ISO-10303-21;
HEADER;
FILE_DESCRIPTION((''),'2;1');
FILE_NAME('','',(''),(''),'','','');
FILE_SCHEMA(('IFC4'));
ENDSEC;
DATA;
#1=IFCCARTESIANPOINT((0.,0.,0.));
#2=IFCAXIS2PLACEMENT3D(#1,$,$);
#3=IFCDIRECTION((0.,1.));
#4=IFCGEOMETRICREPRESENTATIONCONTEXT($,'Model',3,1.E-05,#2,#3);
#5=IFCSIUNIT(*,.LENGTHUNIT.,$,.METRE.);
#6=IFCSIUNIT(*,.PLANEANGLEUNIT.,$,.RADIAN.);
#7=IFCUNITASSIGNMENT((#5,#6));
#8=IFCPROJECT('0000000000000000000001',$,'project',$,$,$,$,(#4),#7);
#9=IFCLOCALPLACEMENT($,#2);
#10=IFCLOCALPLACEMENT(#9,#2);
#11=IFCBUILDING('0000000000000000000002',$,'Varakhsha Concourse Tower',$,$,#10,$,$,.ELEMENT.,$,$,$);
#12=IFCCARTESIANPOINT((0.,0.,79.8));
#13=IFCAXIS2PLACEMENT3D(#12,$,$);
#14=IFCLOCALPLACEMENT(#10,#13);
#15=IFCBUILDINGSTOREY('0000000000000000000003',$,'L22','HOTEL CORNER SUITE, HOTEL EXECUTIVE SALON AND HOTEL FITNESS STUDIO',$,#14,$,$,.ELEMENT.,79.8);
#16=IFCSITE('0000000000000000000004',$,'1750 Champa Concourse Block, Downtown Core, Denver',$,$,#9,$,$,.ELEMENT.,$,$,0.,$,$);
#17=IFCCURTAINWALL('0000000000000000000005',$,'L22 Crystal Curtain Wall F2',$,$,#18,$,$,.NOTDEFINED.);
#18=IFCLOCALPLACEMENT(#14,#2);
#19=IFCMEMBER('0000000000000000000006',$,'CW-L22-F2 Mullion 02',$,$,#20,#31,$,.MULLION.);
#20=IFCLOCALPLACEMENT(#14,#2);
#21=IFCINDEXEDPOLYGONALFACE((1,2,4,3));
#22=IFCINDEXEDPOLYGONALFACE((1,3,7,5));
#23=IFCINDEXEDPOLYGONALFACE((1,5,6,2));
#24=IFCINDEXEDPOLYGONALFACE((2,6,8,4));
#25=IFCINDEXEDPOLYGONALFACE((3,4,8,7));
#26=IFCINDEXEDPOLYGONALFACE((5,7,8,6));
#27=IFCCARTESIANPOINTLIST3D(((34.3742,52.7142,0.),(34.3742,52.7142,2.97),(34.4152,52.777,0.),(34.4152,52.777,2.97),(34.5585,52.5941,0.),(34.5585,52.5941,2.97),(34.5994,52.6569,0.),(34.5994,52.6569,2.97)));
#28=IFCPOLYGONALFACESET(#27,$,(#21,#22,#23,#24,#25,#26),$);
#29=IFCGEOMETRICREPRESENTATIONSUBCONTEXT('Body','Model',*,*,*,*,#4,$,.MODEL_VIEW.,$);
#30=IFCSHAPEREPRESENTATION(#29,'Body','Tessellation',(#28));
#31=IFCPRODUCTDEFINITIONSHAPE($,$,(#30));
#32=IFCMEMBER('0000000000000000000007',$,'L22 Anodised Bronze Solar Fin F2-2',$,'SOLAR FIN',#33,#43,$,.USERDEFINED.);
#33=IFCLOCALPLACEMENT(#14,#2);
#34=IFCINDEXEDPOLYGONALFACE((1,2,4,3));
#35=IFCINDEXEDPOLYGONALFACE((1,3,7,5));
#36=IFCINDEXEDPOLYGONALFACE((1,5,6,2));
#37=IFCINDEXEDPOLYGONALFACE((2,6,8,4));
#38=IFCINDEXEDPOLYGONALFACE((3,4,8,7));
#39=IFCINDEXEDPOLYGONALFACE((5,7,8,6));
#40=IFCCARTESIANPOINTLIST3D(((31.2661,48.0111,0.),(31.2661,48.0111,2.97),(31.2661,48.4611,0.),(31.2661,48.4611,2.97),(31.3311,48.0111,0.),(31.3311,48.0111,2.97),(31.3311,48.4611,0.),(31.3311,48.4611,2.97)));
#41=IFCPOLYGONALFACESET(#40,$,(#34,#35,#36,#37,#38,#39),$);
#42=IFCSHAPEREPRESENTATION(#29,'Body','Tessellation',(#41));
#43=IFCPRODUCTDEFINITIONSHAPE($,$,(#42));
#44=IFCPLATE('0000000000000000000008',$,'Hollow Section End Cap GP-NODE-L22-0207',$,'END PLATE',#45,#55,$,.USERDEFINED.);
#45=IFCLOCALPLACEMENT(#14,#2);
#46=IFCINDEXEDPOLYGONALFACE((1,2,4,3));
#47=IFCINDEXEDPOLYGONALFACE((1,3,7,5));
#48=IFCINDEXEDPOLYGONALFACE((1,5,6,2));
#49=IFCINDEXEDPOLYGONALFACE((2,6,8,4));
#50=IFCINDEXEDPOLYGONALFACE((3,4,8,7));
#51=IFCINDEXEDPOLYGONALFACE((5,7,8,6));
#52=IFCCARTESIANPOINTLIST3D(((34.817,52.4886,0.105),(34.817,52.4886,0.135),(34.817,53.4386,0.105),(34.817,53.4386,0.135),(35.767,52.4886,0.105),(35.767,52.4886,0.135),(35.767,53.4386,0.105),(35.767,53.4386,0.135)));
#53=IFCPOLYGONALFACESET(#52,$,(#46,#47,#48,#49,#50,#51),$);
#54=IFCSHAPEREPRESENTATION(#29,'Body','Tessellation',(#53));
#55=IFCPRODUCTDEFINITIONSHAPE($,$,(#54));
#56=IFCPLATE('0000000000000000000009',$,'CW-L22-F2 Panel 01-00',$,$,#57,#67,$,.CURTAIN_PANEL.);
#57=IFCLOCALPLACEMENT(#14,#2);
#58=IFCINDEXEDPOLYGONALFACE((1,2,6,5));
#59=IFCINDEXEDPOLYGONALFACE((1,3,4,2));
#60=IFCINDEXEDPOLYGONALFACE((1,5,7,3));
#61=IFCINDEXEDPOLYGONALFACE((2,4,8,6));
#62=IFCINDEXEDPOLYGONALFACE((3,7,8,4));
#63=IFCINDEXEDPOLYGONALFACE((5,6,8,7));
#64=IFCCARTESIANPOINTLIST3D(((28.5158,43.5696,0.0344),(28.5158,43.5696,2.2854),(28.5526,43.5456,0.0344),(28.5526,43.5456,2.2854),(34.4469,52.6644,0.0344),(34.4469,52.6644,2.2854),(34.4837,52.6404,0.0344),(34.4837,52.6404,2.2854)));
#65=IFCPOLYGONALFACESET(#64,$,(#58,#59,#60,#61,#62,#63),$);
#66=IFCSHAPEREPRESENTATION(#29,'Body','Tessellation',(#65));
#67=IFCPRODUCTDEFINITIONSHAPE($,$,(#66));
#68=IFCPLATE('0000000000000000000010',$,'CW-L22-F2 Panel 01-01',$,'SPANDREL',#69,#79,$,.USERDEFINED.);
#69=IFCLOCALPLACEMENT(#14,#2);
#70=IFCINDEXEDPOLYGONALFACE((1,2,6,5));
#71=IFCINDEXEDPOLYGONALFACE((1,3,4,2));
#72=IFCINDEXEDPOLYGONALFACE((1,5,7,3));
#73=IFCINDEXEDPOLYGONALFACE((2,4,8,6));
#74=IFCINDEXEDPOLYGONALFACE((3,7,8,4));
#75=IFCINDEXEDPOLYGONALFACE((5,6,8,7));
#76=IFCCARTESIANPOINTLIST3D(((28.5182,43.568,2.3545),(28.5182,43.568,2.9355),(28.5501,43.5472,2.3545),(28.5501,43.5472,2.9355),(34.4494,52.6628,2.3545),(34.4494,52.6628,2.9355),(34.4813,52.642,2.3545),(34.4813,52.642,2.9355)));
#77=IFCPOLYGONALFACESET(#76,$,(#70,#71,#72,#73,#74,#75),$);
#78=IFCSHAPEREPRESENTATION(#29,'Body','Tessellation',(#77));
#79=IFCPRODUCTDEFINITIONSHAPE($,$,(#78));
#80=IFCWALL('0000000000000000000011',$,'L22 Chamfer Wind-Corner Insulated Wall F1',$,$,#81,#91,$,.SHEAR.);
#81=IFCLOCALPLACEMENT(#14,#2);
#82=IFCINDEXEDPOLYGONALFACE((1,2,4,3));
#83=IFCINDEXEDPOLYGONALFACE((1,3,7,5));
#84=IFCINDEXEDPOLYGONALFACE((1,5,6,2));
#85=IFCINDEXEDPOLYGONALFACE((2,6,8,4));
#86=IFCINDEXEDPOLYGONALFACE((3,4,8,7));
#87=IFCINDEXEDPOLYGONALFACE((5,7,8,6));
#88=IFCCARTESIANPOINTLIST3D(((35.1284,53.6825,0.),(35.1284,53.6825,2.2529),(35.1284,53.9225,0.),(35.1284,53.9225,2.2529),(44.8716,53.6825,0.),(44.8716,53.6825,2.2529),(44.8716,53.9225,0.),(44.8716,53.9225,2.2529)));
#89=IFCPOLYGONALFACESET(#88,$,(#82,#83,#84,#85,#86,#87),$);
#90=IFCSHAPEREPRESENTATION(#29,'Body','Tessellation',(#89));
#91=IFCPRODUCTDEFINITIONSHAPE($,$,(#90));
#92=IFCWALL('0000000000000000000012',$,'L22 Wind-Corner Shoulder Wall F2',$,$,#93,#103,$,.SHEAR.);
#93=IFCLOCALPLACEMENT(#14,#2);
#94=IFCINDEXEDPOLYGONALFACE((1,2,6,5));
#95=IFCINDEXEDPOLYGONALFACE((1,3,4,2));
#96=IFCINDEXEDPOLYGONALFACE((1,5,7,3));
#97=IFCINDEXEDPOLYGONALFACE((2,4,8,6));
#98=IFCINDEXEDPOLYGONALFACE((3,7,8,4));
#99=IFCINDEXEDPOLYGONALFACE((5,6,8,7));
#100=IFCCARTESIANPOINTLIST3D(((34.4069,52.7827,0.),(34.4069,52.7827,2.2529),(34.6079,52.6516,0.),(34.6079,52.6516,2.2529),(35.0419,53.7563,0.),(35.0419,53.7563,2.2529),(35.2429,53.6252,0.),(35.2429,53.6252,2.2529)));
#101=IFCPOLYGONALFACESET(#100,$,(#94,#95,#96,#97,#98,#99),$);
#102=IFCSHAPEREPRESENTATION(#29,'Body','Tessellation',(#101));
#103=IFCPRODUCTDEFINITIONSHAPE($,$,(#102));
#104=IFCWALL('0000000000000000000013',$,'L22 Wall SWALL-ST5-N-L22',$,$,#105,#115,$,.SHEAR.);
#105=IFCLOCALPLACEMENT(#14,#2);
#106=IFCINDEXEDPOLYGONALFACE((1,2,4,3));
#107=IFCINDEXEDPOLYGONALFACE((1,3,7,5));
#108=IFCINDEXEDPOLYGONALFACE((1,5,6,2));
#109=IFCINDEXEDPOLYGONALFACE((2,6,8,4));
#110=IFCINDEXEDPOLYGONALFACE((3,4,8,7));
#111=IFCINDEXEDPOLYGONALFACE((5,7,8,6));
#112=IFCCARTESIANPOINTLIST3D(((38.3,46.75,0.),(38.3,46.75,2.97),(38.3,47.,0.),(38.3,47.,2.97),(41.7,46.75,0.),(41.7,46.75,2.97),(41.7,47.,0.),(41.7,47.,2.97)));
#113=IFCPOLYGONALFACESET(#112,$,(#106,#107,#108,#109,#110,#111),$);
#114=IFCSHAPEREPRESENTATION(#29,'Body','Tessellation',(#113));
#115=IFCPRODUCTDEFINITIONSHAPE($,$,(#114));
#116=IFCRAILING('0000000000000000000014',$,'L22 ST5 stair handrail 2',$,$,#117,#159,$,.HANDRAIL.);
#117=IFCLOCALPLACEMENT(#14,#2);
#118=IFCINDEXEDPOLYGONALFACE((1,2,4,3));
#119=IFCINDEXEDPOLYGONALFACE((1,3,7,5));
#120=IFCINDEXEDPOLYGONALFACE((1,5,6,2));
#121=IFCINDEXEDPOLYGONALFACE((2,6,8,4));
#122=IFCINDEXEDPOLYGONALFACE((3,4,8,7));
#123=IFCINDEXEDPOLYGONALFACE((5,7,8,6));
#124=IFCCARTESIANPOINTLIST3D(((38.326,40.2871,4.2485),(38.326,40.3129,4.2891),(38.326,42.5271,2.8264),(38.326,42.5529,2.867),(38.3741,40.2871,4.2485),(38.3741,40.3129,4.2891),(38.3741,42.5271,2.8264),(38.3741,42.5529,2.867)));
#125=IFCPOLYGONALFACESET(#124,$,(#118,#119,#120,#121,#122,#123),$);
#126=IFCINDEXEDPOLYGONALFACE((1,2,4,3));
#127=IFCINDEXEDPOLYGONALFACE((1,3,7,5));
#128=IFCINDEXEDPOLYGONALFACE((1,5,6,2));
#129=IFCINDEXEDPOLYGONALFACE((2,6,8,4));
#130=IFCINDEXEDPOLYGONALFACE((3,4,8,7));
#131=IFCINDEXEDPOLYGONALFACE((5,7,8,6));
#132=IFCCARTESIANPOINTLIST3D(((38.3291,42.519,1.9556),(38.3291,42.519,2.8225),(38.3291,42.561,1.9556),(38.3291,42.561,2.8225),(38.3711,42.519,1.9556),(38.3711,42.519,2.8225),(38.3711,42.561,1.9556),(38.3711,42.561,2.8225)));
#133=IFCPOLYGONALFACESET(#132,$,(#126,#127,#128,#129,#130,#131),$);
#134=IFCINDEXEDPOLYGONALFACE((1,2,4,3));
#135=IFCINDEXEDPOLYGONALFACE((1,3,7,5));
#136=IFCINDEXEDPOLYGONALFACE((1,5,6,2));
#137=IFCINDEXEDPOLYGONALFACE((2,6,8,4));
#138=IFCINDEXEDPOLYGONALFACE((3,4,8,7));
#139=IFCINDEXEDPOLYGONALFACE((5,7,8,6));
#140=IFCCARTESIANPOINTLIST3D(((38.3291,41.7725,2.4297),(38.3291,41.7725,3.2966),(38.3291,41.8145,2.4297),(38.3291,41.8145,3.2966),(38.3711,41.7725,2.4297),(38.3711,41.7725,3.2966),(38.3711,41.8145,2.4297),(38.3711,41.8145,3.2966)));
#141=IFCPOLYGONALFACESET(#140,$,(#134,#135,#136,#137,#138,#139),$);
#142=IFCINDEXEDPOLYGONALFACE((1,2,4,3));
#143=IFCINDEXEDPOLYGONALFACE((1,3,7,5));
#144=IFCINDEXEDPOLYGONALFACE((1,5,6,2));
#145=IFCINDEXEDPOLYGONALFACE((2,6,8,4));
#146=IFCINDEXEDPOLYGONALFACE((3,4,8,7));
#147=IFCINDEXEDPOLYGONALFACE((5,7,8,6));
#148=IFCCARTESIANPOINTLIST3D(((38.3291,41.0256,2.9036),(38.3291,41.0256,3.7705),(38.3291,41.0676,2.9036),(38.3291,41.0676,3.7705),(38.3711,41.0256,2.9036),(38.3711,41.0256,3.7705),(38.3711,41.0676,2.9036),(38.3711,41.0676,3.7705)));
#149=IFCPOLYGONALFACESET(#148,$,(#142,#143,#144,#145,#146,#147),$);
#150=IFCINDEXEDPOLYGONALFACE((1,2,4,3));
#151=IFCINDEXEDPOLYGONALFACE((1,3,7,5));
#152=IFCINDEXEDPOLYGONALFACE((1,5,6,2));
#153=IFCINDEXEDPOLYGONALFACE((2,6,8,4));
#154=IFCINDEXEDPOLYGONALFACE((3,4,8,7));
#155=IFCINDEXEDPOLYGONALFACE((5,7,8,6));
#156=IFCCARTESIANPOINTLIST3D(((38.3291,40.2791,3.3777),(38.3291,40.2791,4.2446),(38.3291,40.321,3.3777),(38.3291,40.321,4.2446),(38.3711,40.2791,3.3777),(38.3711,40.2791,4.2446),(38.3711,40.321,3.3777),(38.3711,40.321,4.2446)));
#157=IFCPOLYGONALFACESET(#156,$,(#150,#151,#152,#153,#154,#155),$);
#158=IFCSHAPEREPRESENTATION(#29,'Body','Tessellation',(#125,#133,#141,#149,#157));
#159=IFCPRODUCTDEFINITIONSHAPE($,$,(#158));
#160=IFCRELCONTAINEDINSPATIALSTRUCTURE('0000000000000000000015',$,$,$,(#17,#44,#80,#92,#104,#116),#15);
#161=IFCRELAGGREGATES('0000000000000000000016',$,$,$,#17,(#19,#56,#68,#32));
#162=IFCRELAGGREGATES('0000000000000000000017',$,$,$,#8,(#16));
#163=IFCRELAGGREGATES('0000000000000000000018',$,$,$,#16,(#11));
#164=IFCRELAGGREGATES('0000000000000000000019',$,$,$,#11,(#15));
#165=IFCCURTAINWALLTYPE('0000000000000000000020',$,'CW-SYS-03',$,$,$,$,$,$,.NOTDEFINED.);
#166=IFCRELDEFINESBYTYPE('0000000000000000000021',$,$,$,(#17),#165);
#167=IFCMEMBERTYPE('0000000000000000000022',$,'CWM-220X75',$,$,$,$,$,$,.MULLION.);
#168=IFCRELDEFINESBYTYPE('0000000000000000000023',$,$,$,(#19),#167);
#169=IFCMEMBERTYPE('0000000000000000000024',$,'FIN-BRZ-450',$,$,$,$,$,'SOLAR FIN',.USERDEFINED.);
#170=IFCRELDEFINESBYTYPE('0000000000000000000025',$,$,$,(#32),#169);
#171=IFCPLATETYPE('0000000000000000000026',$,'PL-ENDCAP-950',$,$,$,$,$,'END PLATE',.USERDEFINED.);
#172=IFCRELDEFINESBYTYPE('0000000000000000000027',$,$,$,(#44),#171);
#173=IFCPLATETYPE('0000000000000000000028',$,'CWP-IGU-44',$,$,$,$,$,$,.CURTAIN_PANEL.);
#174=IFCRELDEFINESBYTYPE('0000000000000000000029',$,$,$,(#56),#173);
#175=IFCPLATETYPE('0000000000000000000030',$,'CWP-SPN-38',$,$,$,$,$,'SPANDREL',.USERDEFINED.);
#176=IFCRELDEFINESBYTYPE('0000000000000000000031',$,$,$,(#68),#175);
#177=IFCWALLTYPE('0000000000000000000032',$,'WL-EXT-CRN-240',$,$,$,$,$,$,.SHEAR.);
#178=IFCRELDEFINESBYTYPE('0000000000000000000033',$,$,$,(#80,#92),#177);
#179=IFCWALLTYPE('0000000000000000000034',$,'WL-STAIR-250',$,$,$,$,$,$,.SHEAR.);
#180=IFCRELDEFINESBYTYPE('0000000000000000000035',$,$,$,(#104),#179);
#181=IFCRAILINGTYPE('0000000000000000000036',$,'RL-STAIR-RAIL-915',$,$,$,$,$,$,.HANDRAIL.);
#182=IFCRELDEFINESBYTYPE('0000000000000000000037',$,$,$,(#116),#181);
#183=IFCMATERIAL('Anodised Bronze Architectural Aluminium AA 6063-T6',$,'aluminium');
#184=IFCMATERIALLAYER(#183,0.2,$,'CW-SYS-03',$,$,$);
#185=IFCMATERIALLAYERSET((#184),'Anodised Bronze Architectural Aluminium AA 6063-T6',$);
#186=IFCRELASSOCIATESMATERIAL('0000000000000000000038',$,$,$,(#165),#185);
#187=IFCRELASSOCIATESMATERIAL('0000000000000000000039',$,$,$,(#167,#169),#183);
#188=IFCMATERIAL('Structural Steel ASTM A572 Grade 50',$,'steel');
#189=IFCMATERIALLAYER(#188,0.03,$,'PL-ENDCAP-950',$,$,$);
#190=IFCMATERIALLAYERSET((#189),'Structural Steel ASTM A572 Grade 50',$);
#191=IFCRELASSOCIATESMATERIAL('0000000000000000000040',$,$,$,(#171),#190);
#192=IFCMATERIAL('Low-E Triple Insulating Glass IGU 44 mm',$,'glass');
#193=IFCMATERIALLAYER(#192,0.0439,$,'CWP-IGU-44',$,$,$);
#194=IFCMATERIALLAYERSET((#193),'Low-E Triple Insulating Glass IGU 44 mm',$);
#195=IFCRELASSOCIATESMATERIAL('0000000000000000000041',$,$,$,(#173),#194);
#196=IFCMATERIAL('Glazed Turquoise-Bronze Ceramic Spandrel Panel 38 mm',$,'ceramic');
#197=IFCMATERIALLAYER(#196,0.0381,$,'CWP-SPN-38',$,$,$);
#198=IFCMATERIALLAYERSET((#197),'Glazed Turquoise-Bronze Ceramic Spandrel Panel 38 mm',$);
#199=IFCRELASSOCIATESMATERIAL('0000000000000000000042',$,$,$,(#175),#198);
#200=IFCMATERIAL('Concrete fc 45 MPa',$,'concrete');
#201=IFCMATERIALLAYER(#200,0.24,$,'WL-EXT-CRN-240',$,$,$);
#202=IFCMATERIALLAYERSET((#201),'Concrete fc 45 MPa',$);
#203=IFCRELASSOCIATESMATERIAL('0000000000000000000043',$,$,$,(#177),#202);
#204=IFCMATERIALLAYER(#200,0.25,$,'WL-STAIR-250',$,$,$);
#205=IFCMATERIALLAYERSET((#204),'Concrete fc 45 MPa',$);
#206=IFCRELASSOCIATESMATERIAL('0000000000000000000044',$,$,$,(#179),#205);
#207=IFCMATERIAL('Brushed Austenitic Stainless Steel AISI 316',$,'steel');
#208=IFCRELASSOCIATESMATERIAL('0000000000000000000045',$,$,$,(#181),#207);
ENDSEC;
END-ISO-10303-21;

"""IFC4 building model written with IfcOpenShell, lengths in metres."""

from ifc_helpers import new_model, si_unit, direction, frame, frame_2d, origin, origin_2d, place, context, subcontext, project, spatial, rectangle, extrude, source, transform, mapped, material, layer, layer_set, material_profile, profile_set, type_object, type_shapes, element, aggregate, save


model = new_model("IFC4")

# Units and contexts
model_context = context("Model", 3, precision=1e-05, world=origin(), true_north=direction((0.0, 1.0)))
body_context = subcontext(model_context, "Body", "Model", "MODEL_VIEW")
ifc_project = project(units=[si_unit("LENGTHUNIT", "METRE"), si_unit("PLANEANGLEUNIT", "RADIAN")], contexts=[model_context])

# Site, building, storey
site_placement = place(None, origin())
site = spatial("IfcSite", under=ifc_project, at=site_placement, Name="1750 Champa Concourse Block, Downtown Core, Denver", CompositionType="ELEMENT", RefElevation=0.0)
building_placement = place(site_placement, origin())
building = spatial("IfcBuilding", under=site, at=building_placement, Name="Varakhsha Concourse Tower", CompositionType="ELEMENT")
storey_placement = place(building_placement, frame((0.0, 0.0, 79.8)))
storey = spatial("IfcBuildingStorey", under=building, at=storey_placement, Name="L22", Description="HOTEL CORNER SUITE, HOTEL EXECUTIVE SALON AND HOTEL FITNESS STUDIO", CompositionType="ELEMENT", Elevation=79.8)

# Shared definitions
ifc_material_1 = material(Name="Structural Steel ASTM A572 Grade 50", Category="steel")

# Curtain wall, members
ifc_material_2 = material(Name="Anodised Bronze Architectural Aluminium AA 6063-T6", Category="aluminium")
ifc_layer_1 = layer(ifc_material_2, 0.2, Name="CW-SYS-03")
ifc_layer_set_1 = layer_set([ifc_layer_1], Name="Anodised Bronze Architectural Aluminium AA 6063-T6")
curtain_wall_type = type_object("IfcCurtainWallType", Name="CW-SYS-03", PredefinedType="NOTDEFINED", material=ifc_layer_set_1)
curtain_wall_placement = place(storey_placement, origin())
curtain_wall = element("IfcCurtainWall", 1, at=curtain_wall_placement, inside=storey, type_object=curtain_wall_type, Name="L22 Crystal Curtain Wall F2", PredefinedType="NOTDEFINED")
ifc_material_profile_1 = material_profile(ifc_material_2, rectangle(XDim=0.075, YDim=0.22, at=origin_2d()), Name="CWM-220X75")
ifc_profile_set_1 = profile_set([ifc_material_profile_1], Name="Anodised Bronze Architectural Aluminium AA 6063-T6")
member_type_1 = type_object("IfcMemberType", Name="CWM-220X75", PredefinedType="MULLION", material=ifc_profile_set_1)
shared_shape_1 = source(origin(), body_context, "Body", "SweptSolid", [
    extrude(rectangle(XDim=0.075, YDim=0.22, at=origin_2d()), origin(), (0.0, 0.0, 1.0), 2.97),
])
type_shapes(member_type_1, [shared_shape_1])
member_1_placement = place(storey_placement, frame((34.4868, 52.6855, 0.0), z_axis=(0.0, 0.0, 1.0), x_axis=(0.54625, 0.837622, 0.0)))
member_1 = element("IfcMember", 2, at=member_1_placement, type_object=member_type_1, Name="CW-L22-F2 Mullion 02", PredefinedType="MULLION", context=body_context, shape_type="MappedRepresentation", body=[
    mapped(shared_shape_1, transform((0.0, 0.0, 0.0), scale=1.0)),
])
ifc_material_profile_2 = material_profile(ifc_material_2, rectangle(XDim=0.0649, YDim=0.45, at=origin_2d()), Name="FIN-BRZ-450")
ifc_profile_set_2 = profile_set([ifc_material_profile_2], Name="Anodised Bronze Architectural Aluminium AA 6063-T6")
member_type_2 = type_object("IfcMemberType", Name="FIN-BRZ-450", ElementType="SOLAR FIN", PredefinedType="USERDEFINED", material=ifc_profile_set_2)
shared_shape_2 = source(origin(), body_context, "Body", "SweptSolid", [
    extrude(rectangle(XDim=0.0649, YDim=0.45, at=origin_2d()), origin(), (0.0, 0.0, 1.0), 2.97),
])
type_shapes(member_type_2, [shared_shape_2])
member_2_placement = place(storey_placement, frame((31.2986, 48.2361, 0.0), z_axis=(0.0, 0.0, 1.0), x_axis=(1.0, 0.0, 0.0)))
member_2 = element("IfcMember", 3, at=member_2_placement, type_object=member_type_2, Name="L22 Anodised Bronze Solar Fin F2-2", ObjectType="SOLAR FIN", PredefinedType="USERDEFINED", context=body_context, shape_type="MappedRepresentation", body=[
    mapped(shared_shape_2, transform((0.0, 0.0, 0.0), scale=1.0)),
])

# Plates
ifc_layer_2 = layer(ifc_material_1, 0.03, Name="PL-ENDCAP-950")
ifc_layer_set_2 = layer_set([ifc_layer_2], Name="Structural Steel ASTM A572 Grade 50")
plate_type_1 = type_object("IfcPlateType", Name="PL-ENDCAP-950", ElementType="END PLATE", PredefinedType="USERDEFINED", material=ifc_layer_set_2)
shared_shape_3 = source(origin(), body_context, "Body", "SweptSolid", [
    extrude(rectangle(XDim=0.95, YDim=0.95, at=origin_2d()), origin(), (0.0, 0.0, 1.0), 0.03),
])
type_shapes(plate_type_1, [shared_shape_3])
plate_1_placement = place(storey_placement, frame((35.292, 52.9636, 0.105), z_axis=(0.0, 0.0, 1.0), x_axis=(1.0, 0.0, 0.0)))
element("IfcPlate", 4, at=plate_1_placement, inside=storey, type_object=plate_type_1, Name="Hollow Section End Cap GP-NODE-L22-0207", ObjectType="END PLATE", PredefinedType="USERDEFINED", context=body_context, shape_type="MappedRepresentation", body=[
    mapped(shared_shape_3, transform((0.0, 0.0, 0.0), scale=1.0)),
])
ifc_material_3 = material(Name="Low-E Triple Insulating Glass IGU 44 mm", Category="glass")
ifc_layer_3 = layer(ifc_material_3, 0.0439, Name="CWP-IGU-44")
ifc_layer_set_3 = layer_set([ifc_layer_3], Name="Low-E Triple Insulating Glass IGU 44 mm")
plate_type_2 = type_object("IfcPlateType", Name="CWP-IGU-44", PredefinedType="CURTAIN_PANEL", material=ifc_layer_set_3)
shared_shape_4 = source(origin(), body_context, "Body", "SweptSolid", [
    extrude(rectangle(XDim=10.8579, YDim=0.0439, at=origin_2d()), origin(), (0.0, 0.0, 1.0), 2.251),
])
type_shapes(plate_type_2, [shared_shape_4])
plate_2_placement = place(storey_placement, frame((31.4998, 48.105, 0.0344), z_axis=(0.0, 0.0, 1.0), x_axis=(0.54625, 0.837622, 0.0)))
plate_2 = element("IfcPlate", 5, at=plate_2_placement, type_object=plate_type_2, Name="CW-L22-F2 Panel 01-00", PredefinedType="CURTAIN_PANEL", context=body_context, shape_type="MappedRepresentation", body=[
    mapped(shared_shape_4, transform((0.0, 0.0, 0.0), scale=1.0)),
])
ifc_material_4 = material(Name="Glazed Turquoise-Bronze Ceramic Spandrel Panel 38 mm", Category="ceramic")
ifc_layer_4 = layer(ifc_material_4, 0.0381, Name="CWP-SPN-38")
ifc_layer_set_4 = layer_set([ifc_layer_4], Name="Glazed Turquoise-Bronze Ceramic Spandrel Panel 38 mm")
plate_type_3 = type_object("IfcPlateType", Name="CWP-SPN-38", ElementType="SPANDREL", PredefinedType="USERDEFINED", material=ifc_layer_set_4)
shared_shape_5 = source(origin(), body_context, "Body", "SweptSolid", [
    extrude(rectangle(XDim=10.8579, YDim=0.0381, at=origin_2d()), origin(), (0.0, 0.0, 1.0), 0.5811),
])
type_shapes(plate_type_3, [shared_shape_5])
plate_3_placement = place(storey_placement, frame((31.4998, 48.105, 2.3545), z_axis=(0.0, 0.0, 1.0), x_axis=(0.54625, 0.837622, 0.0)))
plate_3 = element("IfcPlate", 6, at=plate_3_placement, type_object=plate_type_3, Name="CW-L22-F2 Panel 01-01", ObjectType="SPANDREL", PredefinedType="USERDEFINED", context=body_context, shape_type="MappedRepresentation", body=[
    mapped(shared_shape_5, transform((0.0, 0.0, 0.0), scale=1.0)),
])
aggregate(curtain_wall, [member_1, plate_2, plate_3, member_2])

# Walls
ifc_material_5 = material(Name="Concrete fc 45 MPa", Category="concrete")
ifc_layer_5 = layer(ifc_material_5, 0.24, Name="WL-EXT-CRN-240")
ifc_layer_set_5 = layer_set([ifc_layer_5], Name="Concrete fc 45 MPa")
wall_type_1 = type_object("IfcWallType", Name="WL-EXT-CRN-240", PredefinedType="SHEAR", material=ifc_layer_set_5)
wall_1_placement = place(storey_placement, frame((35.1284, 53.8025, 0.0), z_axis=(0.0, 0.0, 1.0), x_axis=(1.0, 0.0, 0.0)))
element("IfcWall", 7, at=wall_1_placement, inside=storey, type_object=wall_type_1, Name="L22 Chamfer Wind-Corner Insulated Wall F1", PredefinedType="SHEAR", context=body_context, shape_type="SweptSolid", body=[
    extrude(rectangle(XDim=9.7432, YDim=0.24, at=frame_2d((4.8716, 0.0))), origin(), (0.0, 0.0, 1.0), 2.2529),
])
wall_2_placement = place(storey_placement, frame((35.1423, 53.6907, 0.0), z_axis=(0.0, 0.0, 1.0), x_axis=(-0.546287, -0.837598, 0.0)))
element("IfcWall", 8, at=wall_2_placement, inside=storey, type_object=wall_type_1, Name="L22 Wind-Corner Shoulder Wall F2", PredefinedType="SHEAR", context=body_context, shape_type="SweptSolid", body=[
    extrude(rectangle(XDim=1.1624, YDim=0.24, at=frame_2d((0.5811, 0.0))), origin(), (0.0, 0.0, 1.0), 2.2529),
])
ifc_layer_6 = layer(ifc_material_5, 0.25, Name="WL-STAIR-250")
ifc_layer_set_6 = layer_set([ifc_layer_6], Name="Concrete fc 45 MPa")
wall_type_2 = type_object("IfcWallType", Name="WL-STAIR-250", PredefinedType="SHEAR", material=ifc_layer_set_6)
wall_3_placement = place(storey_placement, frame((38.3, 46.875, 0.0), z_axis=(0.0, 0.0, 1.0), x_axis=(1.0, 0.0, 0.0)))
element("IfcWall", 9, at=wall_3_placement, inside=storey, type_object=wall_type_2, Name="L22 Wall SWALL-ST5-N-L22", PredefinedType="SHEAR", context=body_context, shape_type="SweptSolid", body=[
    extrude(rectangle(XDim=3.3999, YDim=0.25, at=frame_2d((1.7, 0.0))), origin(), (0.0, 0.0, 1.0), 2.97),
])

# Railing
ifc_material_6 = material(Name="Brushed Austenitic Stainless Steel AISI 316", Category="steel")
railing_type = type_object("IfcRailingType", Name="RL-STAIR-RAIL-915", PredefinedType="HANDRAIL", material=ifc_material_6)
railing_placement = place(storey_placement, frame((38.3501, 42.54, 1.9556)))
element("IfcRailing", 10, at=railing_placement, inside=storey, type_object=railing_type, Name="L22 ST5 stair handrail 2", PredefinedType="HANDRAIL", context=body_context, shape_type="SweptSolid", body=[
    extrude(rectangle(XDim=0.0481, YDim=0.0481, at=origin_2d()), frame((0.0, 0.0, 0.8911), z_axis=(0.0, -0.844229, 0.535982), x_axis=(1.0, 0.0, 0.0)), (0.0, 0.0, 1.0), 2.6533),
    extrude(rectangle(XDim=0.042, YDim=0.042, at=origin_2d()), origin(), (0.0, 0.0, 1.0), 0.8669),
    extrude(rectangle(XDim=0.042, YDim=0.042, at=origin_2d()), frame((0.0, -0.7466, 0.4741)), (0.0, 0.0, 1.0), 0.8669),
    extrude(rectangle(XDim=0.042, YDim=0.042, at=origin_2d()), frame((0.0, -1.4934, 0.948)), (0.0, 0.0, 1.0), 0.8669),
    extrude(rectangle(XDim=0.042, YDim=0.042, at=origin_2d()), frame((0.0, -2.24, 1.4221)), (0.0, 0.0, 1.0), 0.8669),
])

save(model, "model.ifc")
